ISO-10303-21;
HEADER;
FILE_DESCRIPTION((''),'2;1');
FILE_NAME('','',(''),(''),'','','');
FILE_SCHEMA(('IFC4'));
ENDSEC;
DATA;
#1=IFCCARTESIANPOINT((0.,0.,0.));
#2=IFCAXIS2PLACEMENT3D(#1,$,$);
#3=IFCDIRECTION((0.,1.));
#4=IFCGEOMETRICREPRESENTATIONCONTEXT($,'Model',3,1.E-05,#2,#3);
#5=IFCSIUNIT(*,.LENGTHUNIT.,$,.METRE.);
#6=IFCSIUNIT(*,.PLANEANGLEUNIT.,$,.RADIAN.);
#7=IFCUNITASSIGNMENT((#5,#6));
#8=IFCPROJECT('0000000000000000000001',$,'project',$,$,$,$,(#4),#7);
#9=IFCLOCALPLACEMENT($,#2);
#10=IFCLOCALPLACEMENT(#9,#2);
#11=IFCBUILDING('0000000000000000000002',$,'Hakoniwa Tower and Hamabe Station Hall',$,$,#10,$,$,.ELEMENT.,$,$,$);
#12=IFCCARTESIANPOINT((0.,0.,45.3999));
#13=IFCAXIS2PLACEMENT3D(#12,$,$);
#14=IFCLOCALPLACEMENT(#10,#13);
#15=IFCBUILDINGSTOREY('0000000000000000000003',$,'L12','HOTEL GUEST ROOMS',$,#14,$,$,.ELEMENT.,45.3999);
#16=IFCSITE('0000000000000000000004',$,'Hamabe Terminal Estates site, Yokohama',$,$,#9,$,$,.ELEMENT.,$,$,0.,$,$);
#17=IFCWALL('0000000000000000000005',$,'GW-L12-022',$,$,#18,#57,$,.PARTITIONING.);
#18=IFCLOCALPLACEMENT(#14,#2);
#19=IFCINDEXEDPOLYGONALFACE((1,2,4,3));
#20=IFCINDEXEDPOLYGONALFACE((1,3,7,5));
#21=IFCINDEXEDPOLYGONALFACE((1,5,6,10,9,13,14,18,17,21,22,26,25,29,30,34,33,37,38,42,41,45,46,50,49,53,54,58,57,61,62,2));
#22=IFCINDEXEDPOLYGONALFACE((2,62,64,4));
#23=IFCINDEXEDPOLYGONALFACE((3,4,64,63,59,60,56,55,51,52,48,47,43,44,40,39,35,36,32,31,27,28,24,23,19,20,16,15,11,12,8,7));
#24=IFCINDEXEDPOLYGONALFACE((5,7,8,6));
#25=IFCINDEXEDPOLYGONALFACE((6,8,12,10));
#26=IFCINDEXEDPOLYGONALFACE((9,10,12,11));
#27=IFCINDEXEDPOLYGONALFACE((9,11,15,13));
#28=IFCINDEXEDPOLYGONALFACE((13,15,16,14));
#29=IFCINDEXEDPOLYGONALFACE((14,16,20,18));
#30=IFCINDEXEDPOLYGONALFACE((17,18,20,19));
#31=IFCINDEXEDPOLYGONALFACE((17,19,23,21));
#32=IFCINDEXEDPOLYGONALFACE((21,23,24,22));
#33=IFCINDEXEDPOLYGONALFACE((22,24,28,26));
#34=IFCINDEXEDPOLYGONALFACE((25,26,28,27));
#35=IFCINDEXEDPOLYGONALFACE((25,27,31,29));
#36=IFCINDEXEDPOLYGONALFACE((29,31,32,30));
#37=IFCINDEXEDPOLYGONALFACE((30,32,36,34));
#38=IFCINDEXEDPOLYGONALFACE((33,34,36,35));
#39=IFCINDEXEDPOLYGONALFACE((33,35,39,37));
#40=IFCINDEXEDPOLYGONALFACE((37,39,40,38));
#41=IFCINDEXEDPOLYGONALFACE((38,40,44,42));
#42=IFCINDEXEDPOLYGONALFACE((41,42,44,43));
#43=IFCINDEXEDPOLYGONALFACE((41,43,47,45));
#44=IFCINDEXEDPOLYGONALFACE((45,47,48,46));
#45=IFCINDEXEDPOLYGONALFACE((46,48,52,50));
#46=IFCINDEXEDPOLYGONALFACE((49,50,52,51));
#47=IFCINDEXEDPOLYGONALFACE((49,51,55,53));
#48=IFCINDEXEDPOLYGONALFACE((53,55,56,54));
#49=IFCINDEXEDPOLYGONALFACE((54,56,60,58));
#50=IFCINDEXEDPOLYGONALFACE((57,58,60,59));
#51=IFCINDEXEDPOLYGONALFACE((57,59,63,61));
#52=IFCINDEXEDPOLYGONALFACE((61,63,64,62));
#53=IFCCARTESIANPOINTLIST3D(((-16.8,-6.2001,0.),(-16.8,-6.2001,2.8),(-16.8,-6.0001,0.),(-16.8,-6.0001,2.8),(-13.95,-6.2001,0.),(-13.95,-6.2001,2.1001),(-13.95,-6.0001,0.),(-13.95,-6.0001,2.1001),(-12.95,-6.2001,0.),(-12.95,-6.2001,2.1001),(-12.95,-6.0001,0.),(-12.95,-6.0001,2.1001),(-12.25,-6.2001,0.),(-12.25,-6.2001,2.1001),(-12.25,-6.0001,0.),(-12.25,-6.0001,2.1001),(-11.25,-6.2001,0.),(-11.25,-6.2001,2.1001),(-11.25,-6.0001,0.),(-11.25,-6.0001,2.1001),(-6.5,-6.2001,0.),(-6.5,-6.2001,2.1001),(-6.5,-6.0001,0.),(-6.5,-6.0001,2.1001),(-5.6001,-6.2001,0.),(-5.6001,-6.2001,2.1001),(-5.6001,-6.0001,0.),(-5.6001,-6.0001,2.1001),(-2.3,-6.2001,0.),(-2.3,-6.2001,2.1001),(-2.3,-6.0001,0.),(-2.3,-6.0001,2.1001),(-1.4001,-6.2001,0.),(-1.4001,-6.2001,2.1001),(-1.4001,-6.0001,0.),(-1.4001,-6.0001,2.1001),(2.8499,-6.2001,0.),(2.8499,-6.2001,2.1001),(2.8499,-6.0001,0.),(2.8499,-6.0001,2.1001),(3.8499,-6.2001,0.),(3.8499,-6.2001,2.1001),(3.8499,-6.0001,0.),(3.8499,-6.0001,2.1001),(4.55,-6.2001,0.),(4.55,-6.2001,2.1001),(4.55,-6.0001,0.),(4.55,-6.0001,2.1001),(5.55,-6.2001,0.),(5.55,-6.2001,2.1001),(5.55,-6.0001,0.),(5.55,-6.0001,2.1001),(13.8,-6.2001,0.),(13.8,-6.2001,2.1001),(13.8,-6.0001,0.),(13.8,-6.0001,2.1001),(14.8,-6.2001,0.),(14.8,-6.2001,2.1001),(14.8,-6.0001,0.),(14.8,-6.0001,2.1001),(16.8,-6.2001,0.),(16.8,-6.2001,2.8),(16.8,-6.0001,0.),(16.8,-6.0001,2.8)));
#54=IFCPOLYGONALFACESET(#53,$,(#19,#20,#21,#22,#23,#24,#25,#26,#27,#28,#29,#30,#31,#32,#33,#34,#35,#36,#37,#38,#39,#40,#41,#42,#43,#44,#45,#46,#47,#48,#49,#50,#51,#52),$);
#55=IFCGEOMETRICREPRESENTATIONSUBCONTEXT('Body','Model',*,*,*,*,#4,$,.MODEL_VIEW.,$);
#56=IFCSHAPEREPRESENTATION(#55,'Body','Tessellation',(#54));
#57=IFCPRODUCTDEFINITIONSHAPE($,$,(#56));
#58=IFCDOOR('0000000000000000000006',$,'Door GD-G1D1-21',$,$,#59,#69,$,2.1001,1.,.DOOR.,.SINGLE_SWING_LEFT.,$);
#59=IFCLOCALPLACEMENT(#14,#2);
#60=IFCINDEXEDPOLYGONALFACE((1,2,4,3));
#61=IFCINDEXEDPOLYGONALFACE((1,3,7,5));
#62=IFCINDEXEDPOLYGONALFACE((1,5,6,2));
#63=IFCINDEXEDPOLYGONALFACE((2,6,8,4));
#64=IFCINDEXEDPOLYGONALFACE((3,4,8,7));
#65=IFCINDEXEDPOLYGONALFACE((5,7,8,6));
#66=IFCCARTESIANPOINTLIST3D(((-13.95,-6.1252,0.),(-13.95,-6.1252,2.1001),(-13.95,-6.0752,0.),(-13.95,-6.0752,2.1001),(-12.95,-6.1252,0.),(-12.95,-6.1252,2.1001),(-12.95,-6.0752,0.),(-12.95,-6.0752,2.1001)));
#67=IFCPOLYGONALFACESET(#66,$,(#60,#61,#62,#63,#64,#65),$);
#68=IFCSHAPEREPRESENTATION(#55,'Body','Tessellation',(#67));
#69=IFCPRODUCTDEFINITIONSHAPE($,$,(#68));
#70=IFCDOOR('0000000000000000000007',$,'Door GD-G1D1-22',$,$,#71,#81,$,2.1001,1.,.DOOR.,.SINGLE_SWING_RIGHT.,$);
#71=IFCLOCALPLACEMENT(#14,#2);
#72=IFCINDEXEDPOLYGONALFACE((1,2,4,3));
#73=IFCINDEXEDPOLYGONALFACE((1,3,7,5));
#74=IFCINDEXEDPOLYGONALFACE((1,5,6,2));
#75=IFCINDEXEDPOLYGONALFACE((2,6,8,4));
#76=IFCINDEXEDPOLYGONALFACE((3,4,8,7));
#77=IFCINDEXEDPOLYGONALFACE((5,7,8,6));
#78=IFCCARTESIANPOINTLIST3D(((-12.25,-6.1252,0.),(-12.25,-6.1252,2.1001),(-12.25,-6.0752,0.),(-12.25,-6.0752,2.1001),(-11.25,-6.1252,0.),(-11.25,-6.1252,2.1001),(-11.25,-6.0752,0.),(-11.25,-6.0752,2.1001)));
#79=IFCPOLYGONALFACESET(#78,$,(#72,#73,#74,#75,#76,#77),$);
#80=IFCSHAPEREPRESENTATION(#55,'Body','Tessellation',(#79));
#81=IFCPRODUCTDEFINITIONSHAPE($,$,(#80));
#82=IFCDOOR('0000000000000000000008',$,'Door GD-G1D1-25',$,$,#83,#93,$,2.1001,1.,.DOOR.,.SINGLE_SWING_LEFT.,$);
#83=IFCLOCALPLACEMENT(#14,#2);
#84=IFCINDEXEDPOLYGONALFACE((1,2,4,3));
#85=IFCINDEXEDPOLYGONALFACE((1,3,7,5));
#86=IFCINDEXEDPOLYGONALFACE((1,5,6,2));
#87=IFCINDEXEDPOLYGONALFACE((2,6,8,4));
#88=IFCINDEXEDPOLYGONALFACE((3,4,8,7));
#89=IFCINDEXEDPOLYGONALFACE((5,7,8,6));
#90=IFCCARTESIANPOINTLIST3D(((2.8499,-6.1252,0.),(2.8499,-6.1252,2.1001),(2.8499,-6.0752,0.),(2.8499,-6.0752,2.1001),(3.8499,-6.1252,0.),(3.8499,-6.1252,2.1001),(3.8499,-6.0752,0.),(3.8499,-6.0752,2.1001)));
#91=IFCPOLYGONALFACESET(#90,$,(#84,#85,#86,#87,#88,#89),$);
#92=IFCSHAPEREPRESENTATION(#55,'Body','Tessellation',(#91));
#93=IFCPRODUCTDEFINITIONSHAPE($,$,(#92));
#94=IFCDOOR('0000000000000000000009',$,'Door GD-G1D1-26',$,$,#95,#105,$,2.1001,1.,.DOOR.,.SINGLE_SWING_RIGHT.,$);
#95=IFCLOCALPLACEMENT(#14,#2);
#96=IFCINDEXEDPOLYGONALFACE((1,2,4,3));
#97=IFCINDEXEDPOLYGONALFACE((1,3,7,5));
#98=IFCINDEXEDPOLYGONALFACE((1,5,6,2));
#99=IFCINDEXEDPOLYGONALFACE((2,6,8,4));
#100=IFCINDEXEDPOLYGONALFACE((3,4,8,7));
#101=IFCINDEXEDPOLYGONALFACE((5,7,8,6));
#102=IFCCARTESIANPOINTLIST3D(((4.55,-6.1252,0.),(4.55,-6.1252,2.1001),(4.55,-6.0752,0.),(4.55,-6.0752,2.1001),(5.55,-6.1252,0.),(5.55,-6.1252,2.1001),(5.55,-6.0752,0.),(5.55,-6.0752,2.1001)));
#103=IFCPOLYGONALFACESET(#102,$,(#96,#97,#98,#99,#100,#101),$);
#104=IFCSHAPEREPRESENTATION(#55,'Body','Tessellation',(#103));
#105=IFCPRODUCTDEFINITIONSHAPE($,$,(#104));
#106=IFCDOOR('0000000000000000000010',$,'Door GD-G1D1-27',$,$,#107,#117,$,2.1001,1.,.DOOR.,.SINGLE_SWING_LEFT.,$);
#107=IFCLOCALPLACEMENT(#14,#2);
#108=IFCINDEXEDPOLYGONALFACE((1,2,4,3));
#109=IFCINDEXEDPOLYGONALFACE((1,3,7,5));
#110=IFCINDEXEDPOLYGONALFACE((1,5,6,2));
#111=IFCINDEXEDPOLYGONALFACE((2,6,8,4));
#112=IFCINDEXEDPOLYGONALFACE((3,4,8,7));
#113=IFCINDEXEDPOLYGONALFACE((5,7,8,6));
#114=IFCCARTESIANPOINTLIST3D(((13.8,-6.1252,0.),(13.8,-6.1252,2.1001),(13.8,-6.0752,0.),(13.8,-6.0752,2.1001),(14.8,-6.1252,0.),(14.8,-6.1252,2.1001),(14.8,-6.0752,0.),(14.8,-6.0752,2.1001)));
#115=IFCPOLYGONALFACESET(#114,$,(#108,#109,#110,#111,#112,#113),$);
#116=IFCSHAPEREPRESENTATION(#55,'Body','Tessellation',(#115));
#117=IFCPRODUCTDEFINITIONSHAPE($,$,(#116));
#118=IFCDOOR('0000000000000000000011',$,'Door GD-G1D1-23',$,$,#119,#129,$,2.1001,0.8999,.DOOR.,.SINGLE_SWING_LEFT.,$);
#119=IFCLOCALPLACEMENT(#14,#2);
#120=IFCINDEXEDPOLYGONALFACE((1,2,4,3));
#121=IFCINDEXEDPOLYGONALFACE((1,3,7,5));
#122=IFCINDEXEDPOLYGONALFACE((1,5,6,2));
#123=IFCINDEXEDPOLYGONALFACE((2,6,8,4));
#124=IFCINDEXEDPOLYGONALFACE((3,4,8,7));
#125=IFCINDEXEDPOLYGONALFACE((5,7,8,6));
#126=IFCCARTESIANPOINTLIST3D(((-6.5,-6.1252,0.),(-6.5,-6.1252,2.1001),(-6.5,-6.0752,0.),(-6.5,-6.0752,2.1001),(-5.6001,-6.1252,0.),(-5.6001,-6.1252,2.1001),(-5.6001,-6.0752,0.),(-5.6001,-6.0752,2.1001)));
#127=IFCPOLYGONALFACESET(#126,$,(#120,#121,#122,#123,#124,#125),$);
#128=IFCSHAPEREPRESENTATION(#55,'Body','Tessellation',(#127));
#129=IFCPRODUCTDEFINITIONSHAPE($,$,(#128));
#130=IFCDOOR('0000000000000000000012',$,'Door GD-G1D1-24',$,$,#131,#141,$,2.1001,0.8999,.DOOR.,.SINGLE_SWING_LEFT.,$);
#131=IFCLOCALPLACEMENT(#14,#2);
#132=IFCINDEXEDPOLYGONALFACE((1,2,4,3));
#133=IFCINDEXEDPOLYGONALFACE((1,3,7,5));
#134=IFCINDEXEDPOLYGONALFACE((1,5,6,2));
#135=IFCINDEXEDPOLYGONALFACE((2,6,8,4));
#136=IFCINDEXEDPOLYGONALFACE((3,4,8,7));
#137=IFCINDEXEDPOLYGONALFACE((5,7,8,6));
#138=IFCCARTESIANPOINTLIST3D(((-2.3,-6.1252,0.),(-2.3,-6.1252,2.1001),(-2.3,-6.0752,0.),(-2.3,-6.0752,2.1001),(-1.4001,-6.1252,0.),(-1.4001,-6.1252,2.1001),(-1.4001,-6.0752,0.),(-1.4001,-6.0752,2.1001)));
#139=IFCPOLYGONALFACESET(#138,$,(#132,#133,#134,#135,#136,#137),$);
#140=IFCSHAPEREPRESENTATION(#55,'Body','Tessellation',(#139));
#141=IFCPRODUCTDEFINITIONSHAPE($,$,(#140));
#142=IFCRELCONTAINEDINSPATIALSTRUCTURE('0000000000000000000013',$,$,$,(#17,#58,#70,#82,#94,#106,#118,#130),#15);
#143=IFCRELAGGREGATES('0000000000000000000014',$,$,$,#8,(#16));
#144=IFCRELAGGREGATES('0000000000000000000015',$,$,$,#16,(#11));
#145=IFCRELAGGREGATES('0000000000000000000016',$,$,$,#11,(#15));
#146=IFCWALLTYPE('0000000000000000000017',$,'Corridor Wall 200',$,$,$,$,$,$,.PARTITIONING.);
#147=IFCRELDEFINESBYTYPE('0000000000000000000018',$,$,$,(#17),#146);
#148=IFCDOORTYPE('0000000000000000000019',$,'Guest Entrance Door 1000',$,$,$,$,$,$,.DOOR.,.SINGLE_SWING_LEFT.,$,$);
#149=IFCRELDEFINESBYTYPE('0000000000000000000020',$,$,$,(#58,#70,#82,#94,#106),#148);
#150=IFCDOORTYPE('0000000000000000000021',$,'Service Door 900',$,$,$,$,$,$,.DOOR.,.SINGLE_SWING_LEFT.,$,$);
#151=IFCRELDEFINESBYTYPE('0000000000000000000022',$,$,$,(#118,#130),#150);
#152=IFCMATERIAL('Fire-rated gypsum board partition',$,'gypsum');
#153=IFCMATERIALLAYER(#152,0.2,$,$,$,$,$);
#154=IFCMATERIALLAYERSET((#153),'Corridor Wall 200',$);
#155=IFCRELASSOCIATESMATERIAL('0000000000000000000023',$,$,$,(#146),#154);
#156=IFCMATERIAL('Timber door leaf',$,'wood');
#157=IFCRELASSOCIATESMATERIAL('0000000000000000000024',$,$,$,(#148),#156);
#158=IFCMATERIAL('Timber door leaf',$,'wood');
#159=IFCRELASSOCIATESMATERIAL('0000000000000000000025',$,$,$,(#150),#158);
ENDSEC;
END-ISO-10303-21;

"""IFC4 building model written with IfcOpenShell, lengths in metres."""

from ifc_helpers import new_model, si_unit, direction, frame, frame_2d, origin, place, context, subcontext, project, spatial, rectangle, extrude, material, layer, layer_set, type_object, element, fill, save


model = new_model("IFC4")

# Units and contexts
model_context = context("Model", 3, precision=1e-05, world=origin(), true_north=direction((0.0, 1.0)))
body_context = subcontext(model_context, "Body", "Model", "MODEL_VIEW")
ifc_project = project(units=[si_unit("LENGTHUNIT", "METRE"), si_unit("PLANEANGLEUNIT", "RADIAN")], contexts=[model_context])

# Site, building, storey
site_placement = place(None, origin())
site = spatial("IfcSite", under=ifc_project, at=site_placement, Name="Hamabe Terminal Estates site, Yokohama", CompositionType="ELEMENT", RefElevation=0.0)
building_placement = place(site_placement, origin())
building = spatial("IfcBuilding", under=site, at=building_placement, Name="Hakoniwa Tower and Hamabe Station Hall", CompositionType="ELEMENT")
storey_placement = place(building_placement, frame((0.0, 0.0, 45.3999)))
storey = spatial("IfcBuildingStorey", under=building, at=storey_placement, Name="L12", Description="HOTEL GUEST ROOMS", CompositionType="ELEMENT", Elevation=45.3999)

# Wall, openings, doors
ifc_material_1 = material(Name="Fire-rated gypsum board partition", Category="gypsum")
ifc_layer_1 = layer(ifc_material_1, 0.2)
ifc_layer_set_1 = layer_set([ifc_layer_1], Name="Corridor Wall 200")
wall_type_1 = type_object("IfcWallType", Name="Corridor Wall 200", PredefinedType="PARTITIONING", material=ifc_layer_set_1)
wall_1_placement = place(storey_placement, frame((-16.8, -6.1001, 0.0), z_axis=(0.0, 0.0, 1.0), x_axis=(1.0, 0.0, 0.0)))
wall_1 = element("IfcWall", 1, at=wall_1_placement, inside=storey, type_object=wall_type_1, Name="GW-L12-022", PredefinedType="PARTITIONING", context=body_context, shape_type="SweptSolid", body=[
    extrude(rectangle(XDim=33.6001, YDim=0.2, at=frame_2d((16.8, 0.0))), origin(), (0.0, 0.0, 1.0), 2.8),
])
opening_1_placement = place(wall_1_placement, frame((2.8501, 0.0, 0.0)))
opening_1 = element("IfcOpeningElement", 2, at=opening_1_placement, cuts=wall_1, PredefinedType="OPENING", context=body_context, shape_type="SweptSolid", body=[
    extrude(rectangle(XDim=1.0, YDim=2.1001, at=frame_2d((0.5, 1.05))), frame((0.0, 0.1099, 0.0), z_axis=(0.0, -1.0, 0.0), x_axis=(1.0, 0.0, 0.0)), (0.0, 0.0, 1.0), 0.22),
])
opening_2_placement = place(wall_1_placement, frame((4.55, 0.0, 0.0)))
opening_2 = element("IfcOpeningElement", 3, at=opening_2_placement, cuts=wall_1, PredefinedType="OPENING", context=body_context, shape_type="SweptSolid", body=[
    extrude(rectangle(XDim=1.0, YDim=2.1001, at=frame_2d((0.5, 1.05))), frame((0.0, 0.1099, 0.0), z_axis=(0.0, -1.0, 0.0), x_axis=(1.0, 0.0, 0.0)), (0.0, 0.0, 1.0), 0.22),
])
opening_3_placement = place(wall_1_placement, frame((10.3, 0.0, 0.0)))
opening_3 = element("IfcOpeningElement", 4, at=opening_3_placement, cuts=wall_1, PredefinedType="OPENING", context=body_context, shape_type="SweptSolid", body=[
    extrude(rectangle(XDim=0.8999, YDim=2.1001, at=frame_2d((0.45, 1.05))), frame((0.0, 0.1099, 0.0), z_axis=(0.0, -1.0, 0.0), x_axis=(1.0, 0.0, 0.0)), (0.0, 0.0, 1.0), 0.22),
])
opening_4_placement = place(wall_1_placement, frame((14.5, 0.0, 0.0)))
opening_4 = element("IfcOpeningElement", 5, at=opening_4_placement, cuts=wall_1, PredefinedType="OPENING", context=body_context, shape_type="SweptSolid", body=[
    extrude(rectangle(XDim=0.8999, YDim=2.1001, at=frame_2d((0.45, 1.05))), frame((0.0, 0.1099, 0.0), z_axis=(0.0, -1.0, 0.0), x_axis=(1.0, 0.0, 0.0)), (0.0, 0.0, 1.0), 0.22),
])
opening_5_placement = place(wall_1_placement, frame((19.6499, 0.0, 0.0)))
opening_5 = element("IfcOpeningElement", 6, at=opening_5_placement, cuts=wall_1, PredefinedType="OPENING", context=body_context, shape_type="SweptSolid", body=[
    extrude(rectangle(XDim=1.0, YDim=2.1001, at=frame_2d((0.5, 1.05))), frame((0.0, 0.1099, 0.0), z_axis=(0.0, -1.0, 0.0), x_axis=(1.0, 0.0, 0.0)), (0.0, 0.0, 1.0), 0.22),
])
opening_6_placement = place(wall_1_placement, frame((21.3501, 0.0, 0.0)))
opening_6 = element("IfcOpeningElement", 7, at=opening_6_placement, cuts=wall_1, PredefinedType="OPENING", context=body_context, shape_type="SweptSolid", body=[
    extrude(rectangle(XDim=1.0, YDim=2.1001, at=frame_2d((0.5, 1.05))), frame((0.0, 0.1099, 0.0), z_axis=(0.0, -1.0, 0.0), x_axis=(1.0, 0.0, 0.0)), (0.0, 0.0, 1.0), 0.22),
])
opening_7_placement = place(wall_1_placement, frame((30.6001, 0.0, 0.0)))
opening_7 = element("IfcOpeningElement", 8, at=opening_7_placement, cuts=wall_1, PredefinedType="OPENING", context=body_context, shape_type="SweptSolid", body=[
    extrude(rectangle(XDim=1.0, YDim=2.1001, at=frame_2d((0.5, 1.05))), frame((0.0, 0.1099, 0.0), z_axis=(0.0, -1.0, 0.0), x_axis=(1.0, 0.0, 0.0)), (0.0, 0.0, 1.0), 0.22),
])
ifc_material_2 = material(Name="Timber door leaf", Category="wood")
door_type_1 = type_object("IfcDoorType", Name="Guest Entrance Door 1000", OperationType="SINGLE_SWING_LEFT", PredefinedType="DOOR", material=ifc_material_2)
door_1_placement = place(opening_1_placement, origin())
door_1 = element("IfcDoor", 9, at=door_1_placement, inside=storey, type_object=door_type_1, Name="Door GD-G1D1-21", OperationType="SINGLE_SWING_LEFT", OverallHeight=2.1001, OverallWidth=1.0, PredefinedType="DOOR", context=body_context, shape_type="SweptSolid", body=[
    extrude(rectangle(XDim=1.0, YDim=2.1001, at=frame_2d((0.5, 1.05))), frame((0.0, 0.0249, 0.0), z_axis=(0.0, -1.0, 0.0), x_axis=(1.0, 0.0, 0.0)), (0.0, 0.0, 1.0), 0.05),
])
fill(opening_1, door_1)
door_2_placement = place(opening_2_placement, origin())
door_2 = element("IfcDoor", 10, at=door_2_placement, inside=storey, type_object=door_type_1, Name="Door GD-G1D1-22", OperationType="SINGLE_SWING_RIGHT", OverallHeight=2.1001, OverallWidth=1.0, PredefinedType="DOOR", context=body_context, shape_type="SweptSolid", body=[
    extrude(rectangle(XDim=1.0, YDim=2.1001, at=frame_2d((0.5, 1.05))), frame((0.0, 0.0249, 0.0), z_axis=(0.0, -1.0, 0.0), x_axis=(1.0, 0.0, 0.0)), (0.0, 0.0, 1.0), 0.05),
])
fill(opening_2, door_2)
door_3_placement = place(opening_5_placement, origin())
door_3 = element("IfcDoor", 11, at=door_3_placement, inside=storey, type_object=door_type_1, Name="Door GD-G1D1-25", OperationType="SINGLE_SWING_LEFT", OverallHeight=2.1001, OverallWidth=1.0, PredefinedType="DOOR", context=body_context, shape_type="SweptSolid", body=[
    extrude(rectangle(XDim=1.0, YDim=2.1001, at=frame_2d((0.5, 1.05))), frame((0.0, 0.0249, 0.0), z_axis=(0.0, -1.0, 0.0), x_axis=(1.0, 0.0, 0.0)), (0.0, 0.0, 1.0), 0.05),
])
fill(opening_5, door_3)
door_4_placement = place(opening_6_placement, origin())
door_4 = element("IfcDoor", 12, at=door_4_placement, inside=storey, type_object=door_type_1, Name="Door GD-G1D1-26", OperationType="SINGLE_SWING_RIGHT", OverallHeight=2.1001, OverallWidth=1.0, PredefinedType="DOOR", context=body_context, shape_type="SweptSolid", body=[
    extrude(rectangle(XDim=1.0, YDim=2.1001, at=frame_2d((0.5, 1.05))), frame((0.0, 0.0249, 0.0), z_axis=(0.0, -1.0, 0.0), x_axis=(1.0, 0.0, 0.0)), (0.0, 0.0, 1.0), 0.05),
])
fill(opening_6, door_4)
door_5_placement = place(opening_7_placement, origin())
door_5 = element("IfcDoor", 13, at=door_5_placement, inside=storey, type_object=door_type_1, Name="Door GD-G1D1-27", OperationType="SINGLE_SWING_LEFT", OverallHeight=2.1001, OverallWidth=1.0, PredefinedType="DOOR", context=body_context, shape_type="SweptSolid", body=[
    extrude(rectangle(XDim=1.0, YDim=2.1001, at=frame_2d((0.5, 1.05))), frame((0.0, 0.0249, 0.0), z_axis=(0.0, -1.0, 0.0), x_axis=(1.0, 0.0, 0.0)), (0.0, 0.0, 1.0), 0.05),
])
fill(opening_7, door_5)
ifc_material_3 = material(Name="Timber door leaf", Category="wood")
door_type_2 = type_object("IfcDoorType", Name="Service Door 900", OperationType="SINGLE_SWING_LEFT", PredefinedType="DOOR", material=ifc_material_3)
door_6_placement = place(opening_3_placement, origin())
door_6 = element("IfcDoor", 14, at=door_6_placement, inside=storey, type_object=door_type_2, Name="Door GD-G1D1-23", OperationType="SINGLE_SWING_LEFT", OverallHeight=2.1001, OverallWidth=0.8999, PredefinedType="DOOR", context=body_context, shape_type="SweptSolid", body=[
    extrude(rectangle(XDim=0.8999, YDim=2.1001, at=frame_2d((0.45, 1.05))), frame((0.0, 0.0249, 0.0), z_axis=(0.0, -1.0, 0.0), x_axis=(1.0, 0.0, 0.0)), (0.0, 0.0, 1.0), 0.05),
])
fill(opening_3, door_6)
door_7_placement = place(opening_4_placement, origin())
door_7 = element("IfcDoor", 15, at=door_7_placement, inside=storey, type_object=door_type_2, Name="Door GD-G1D1-24", OperationType="SINGLE_SWING_LEFT", OverallHeight=2.1001, OverallWidth=0.8999, PredefinedType="DOOR", context=body_context, shape_type="SweptSolid", body=[
    extrude(rectangle(XDim=0.8999, YDim=2.1001, at=frame_2d((0.45, 1.05))), frame((0.0, 0.0249, 0.0), z_axis=(0.0, -1.0, 0.0), x_axis=(1.0, 0.0, 0.0)), (0.0, 0.0, 1.0), 0.05),
])
fill(opening_4, door_7)

save(model, "model.ifc")
